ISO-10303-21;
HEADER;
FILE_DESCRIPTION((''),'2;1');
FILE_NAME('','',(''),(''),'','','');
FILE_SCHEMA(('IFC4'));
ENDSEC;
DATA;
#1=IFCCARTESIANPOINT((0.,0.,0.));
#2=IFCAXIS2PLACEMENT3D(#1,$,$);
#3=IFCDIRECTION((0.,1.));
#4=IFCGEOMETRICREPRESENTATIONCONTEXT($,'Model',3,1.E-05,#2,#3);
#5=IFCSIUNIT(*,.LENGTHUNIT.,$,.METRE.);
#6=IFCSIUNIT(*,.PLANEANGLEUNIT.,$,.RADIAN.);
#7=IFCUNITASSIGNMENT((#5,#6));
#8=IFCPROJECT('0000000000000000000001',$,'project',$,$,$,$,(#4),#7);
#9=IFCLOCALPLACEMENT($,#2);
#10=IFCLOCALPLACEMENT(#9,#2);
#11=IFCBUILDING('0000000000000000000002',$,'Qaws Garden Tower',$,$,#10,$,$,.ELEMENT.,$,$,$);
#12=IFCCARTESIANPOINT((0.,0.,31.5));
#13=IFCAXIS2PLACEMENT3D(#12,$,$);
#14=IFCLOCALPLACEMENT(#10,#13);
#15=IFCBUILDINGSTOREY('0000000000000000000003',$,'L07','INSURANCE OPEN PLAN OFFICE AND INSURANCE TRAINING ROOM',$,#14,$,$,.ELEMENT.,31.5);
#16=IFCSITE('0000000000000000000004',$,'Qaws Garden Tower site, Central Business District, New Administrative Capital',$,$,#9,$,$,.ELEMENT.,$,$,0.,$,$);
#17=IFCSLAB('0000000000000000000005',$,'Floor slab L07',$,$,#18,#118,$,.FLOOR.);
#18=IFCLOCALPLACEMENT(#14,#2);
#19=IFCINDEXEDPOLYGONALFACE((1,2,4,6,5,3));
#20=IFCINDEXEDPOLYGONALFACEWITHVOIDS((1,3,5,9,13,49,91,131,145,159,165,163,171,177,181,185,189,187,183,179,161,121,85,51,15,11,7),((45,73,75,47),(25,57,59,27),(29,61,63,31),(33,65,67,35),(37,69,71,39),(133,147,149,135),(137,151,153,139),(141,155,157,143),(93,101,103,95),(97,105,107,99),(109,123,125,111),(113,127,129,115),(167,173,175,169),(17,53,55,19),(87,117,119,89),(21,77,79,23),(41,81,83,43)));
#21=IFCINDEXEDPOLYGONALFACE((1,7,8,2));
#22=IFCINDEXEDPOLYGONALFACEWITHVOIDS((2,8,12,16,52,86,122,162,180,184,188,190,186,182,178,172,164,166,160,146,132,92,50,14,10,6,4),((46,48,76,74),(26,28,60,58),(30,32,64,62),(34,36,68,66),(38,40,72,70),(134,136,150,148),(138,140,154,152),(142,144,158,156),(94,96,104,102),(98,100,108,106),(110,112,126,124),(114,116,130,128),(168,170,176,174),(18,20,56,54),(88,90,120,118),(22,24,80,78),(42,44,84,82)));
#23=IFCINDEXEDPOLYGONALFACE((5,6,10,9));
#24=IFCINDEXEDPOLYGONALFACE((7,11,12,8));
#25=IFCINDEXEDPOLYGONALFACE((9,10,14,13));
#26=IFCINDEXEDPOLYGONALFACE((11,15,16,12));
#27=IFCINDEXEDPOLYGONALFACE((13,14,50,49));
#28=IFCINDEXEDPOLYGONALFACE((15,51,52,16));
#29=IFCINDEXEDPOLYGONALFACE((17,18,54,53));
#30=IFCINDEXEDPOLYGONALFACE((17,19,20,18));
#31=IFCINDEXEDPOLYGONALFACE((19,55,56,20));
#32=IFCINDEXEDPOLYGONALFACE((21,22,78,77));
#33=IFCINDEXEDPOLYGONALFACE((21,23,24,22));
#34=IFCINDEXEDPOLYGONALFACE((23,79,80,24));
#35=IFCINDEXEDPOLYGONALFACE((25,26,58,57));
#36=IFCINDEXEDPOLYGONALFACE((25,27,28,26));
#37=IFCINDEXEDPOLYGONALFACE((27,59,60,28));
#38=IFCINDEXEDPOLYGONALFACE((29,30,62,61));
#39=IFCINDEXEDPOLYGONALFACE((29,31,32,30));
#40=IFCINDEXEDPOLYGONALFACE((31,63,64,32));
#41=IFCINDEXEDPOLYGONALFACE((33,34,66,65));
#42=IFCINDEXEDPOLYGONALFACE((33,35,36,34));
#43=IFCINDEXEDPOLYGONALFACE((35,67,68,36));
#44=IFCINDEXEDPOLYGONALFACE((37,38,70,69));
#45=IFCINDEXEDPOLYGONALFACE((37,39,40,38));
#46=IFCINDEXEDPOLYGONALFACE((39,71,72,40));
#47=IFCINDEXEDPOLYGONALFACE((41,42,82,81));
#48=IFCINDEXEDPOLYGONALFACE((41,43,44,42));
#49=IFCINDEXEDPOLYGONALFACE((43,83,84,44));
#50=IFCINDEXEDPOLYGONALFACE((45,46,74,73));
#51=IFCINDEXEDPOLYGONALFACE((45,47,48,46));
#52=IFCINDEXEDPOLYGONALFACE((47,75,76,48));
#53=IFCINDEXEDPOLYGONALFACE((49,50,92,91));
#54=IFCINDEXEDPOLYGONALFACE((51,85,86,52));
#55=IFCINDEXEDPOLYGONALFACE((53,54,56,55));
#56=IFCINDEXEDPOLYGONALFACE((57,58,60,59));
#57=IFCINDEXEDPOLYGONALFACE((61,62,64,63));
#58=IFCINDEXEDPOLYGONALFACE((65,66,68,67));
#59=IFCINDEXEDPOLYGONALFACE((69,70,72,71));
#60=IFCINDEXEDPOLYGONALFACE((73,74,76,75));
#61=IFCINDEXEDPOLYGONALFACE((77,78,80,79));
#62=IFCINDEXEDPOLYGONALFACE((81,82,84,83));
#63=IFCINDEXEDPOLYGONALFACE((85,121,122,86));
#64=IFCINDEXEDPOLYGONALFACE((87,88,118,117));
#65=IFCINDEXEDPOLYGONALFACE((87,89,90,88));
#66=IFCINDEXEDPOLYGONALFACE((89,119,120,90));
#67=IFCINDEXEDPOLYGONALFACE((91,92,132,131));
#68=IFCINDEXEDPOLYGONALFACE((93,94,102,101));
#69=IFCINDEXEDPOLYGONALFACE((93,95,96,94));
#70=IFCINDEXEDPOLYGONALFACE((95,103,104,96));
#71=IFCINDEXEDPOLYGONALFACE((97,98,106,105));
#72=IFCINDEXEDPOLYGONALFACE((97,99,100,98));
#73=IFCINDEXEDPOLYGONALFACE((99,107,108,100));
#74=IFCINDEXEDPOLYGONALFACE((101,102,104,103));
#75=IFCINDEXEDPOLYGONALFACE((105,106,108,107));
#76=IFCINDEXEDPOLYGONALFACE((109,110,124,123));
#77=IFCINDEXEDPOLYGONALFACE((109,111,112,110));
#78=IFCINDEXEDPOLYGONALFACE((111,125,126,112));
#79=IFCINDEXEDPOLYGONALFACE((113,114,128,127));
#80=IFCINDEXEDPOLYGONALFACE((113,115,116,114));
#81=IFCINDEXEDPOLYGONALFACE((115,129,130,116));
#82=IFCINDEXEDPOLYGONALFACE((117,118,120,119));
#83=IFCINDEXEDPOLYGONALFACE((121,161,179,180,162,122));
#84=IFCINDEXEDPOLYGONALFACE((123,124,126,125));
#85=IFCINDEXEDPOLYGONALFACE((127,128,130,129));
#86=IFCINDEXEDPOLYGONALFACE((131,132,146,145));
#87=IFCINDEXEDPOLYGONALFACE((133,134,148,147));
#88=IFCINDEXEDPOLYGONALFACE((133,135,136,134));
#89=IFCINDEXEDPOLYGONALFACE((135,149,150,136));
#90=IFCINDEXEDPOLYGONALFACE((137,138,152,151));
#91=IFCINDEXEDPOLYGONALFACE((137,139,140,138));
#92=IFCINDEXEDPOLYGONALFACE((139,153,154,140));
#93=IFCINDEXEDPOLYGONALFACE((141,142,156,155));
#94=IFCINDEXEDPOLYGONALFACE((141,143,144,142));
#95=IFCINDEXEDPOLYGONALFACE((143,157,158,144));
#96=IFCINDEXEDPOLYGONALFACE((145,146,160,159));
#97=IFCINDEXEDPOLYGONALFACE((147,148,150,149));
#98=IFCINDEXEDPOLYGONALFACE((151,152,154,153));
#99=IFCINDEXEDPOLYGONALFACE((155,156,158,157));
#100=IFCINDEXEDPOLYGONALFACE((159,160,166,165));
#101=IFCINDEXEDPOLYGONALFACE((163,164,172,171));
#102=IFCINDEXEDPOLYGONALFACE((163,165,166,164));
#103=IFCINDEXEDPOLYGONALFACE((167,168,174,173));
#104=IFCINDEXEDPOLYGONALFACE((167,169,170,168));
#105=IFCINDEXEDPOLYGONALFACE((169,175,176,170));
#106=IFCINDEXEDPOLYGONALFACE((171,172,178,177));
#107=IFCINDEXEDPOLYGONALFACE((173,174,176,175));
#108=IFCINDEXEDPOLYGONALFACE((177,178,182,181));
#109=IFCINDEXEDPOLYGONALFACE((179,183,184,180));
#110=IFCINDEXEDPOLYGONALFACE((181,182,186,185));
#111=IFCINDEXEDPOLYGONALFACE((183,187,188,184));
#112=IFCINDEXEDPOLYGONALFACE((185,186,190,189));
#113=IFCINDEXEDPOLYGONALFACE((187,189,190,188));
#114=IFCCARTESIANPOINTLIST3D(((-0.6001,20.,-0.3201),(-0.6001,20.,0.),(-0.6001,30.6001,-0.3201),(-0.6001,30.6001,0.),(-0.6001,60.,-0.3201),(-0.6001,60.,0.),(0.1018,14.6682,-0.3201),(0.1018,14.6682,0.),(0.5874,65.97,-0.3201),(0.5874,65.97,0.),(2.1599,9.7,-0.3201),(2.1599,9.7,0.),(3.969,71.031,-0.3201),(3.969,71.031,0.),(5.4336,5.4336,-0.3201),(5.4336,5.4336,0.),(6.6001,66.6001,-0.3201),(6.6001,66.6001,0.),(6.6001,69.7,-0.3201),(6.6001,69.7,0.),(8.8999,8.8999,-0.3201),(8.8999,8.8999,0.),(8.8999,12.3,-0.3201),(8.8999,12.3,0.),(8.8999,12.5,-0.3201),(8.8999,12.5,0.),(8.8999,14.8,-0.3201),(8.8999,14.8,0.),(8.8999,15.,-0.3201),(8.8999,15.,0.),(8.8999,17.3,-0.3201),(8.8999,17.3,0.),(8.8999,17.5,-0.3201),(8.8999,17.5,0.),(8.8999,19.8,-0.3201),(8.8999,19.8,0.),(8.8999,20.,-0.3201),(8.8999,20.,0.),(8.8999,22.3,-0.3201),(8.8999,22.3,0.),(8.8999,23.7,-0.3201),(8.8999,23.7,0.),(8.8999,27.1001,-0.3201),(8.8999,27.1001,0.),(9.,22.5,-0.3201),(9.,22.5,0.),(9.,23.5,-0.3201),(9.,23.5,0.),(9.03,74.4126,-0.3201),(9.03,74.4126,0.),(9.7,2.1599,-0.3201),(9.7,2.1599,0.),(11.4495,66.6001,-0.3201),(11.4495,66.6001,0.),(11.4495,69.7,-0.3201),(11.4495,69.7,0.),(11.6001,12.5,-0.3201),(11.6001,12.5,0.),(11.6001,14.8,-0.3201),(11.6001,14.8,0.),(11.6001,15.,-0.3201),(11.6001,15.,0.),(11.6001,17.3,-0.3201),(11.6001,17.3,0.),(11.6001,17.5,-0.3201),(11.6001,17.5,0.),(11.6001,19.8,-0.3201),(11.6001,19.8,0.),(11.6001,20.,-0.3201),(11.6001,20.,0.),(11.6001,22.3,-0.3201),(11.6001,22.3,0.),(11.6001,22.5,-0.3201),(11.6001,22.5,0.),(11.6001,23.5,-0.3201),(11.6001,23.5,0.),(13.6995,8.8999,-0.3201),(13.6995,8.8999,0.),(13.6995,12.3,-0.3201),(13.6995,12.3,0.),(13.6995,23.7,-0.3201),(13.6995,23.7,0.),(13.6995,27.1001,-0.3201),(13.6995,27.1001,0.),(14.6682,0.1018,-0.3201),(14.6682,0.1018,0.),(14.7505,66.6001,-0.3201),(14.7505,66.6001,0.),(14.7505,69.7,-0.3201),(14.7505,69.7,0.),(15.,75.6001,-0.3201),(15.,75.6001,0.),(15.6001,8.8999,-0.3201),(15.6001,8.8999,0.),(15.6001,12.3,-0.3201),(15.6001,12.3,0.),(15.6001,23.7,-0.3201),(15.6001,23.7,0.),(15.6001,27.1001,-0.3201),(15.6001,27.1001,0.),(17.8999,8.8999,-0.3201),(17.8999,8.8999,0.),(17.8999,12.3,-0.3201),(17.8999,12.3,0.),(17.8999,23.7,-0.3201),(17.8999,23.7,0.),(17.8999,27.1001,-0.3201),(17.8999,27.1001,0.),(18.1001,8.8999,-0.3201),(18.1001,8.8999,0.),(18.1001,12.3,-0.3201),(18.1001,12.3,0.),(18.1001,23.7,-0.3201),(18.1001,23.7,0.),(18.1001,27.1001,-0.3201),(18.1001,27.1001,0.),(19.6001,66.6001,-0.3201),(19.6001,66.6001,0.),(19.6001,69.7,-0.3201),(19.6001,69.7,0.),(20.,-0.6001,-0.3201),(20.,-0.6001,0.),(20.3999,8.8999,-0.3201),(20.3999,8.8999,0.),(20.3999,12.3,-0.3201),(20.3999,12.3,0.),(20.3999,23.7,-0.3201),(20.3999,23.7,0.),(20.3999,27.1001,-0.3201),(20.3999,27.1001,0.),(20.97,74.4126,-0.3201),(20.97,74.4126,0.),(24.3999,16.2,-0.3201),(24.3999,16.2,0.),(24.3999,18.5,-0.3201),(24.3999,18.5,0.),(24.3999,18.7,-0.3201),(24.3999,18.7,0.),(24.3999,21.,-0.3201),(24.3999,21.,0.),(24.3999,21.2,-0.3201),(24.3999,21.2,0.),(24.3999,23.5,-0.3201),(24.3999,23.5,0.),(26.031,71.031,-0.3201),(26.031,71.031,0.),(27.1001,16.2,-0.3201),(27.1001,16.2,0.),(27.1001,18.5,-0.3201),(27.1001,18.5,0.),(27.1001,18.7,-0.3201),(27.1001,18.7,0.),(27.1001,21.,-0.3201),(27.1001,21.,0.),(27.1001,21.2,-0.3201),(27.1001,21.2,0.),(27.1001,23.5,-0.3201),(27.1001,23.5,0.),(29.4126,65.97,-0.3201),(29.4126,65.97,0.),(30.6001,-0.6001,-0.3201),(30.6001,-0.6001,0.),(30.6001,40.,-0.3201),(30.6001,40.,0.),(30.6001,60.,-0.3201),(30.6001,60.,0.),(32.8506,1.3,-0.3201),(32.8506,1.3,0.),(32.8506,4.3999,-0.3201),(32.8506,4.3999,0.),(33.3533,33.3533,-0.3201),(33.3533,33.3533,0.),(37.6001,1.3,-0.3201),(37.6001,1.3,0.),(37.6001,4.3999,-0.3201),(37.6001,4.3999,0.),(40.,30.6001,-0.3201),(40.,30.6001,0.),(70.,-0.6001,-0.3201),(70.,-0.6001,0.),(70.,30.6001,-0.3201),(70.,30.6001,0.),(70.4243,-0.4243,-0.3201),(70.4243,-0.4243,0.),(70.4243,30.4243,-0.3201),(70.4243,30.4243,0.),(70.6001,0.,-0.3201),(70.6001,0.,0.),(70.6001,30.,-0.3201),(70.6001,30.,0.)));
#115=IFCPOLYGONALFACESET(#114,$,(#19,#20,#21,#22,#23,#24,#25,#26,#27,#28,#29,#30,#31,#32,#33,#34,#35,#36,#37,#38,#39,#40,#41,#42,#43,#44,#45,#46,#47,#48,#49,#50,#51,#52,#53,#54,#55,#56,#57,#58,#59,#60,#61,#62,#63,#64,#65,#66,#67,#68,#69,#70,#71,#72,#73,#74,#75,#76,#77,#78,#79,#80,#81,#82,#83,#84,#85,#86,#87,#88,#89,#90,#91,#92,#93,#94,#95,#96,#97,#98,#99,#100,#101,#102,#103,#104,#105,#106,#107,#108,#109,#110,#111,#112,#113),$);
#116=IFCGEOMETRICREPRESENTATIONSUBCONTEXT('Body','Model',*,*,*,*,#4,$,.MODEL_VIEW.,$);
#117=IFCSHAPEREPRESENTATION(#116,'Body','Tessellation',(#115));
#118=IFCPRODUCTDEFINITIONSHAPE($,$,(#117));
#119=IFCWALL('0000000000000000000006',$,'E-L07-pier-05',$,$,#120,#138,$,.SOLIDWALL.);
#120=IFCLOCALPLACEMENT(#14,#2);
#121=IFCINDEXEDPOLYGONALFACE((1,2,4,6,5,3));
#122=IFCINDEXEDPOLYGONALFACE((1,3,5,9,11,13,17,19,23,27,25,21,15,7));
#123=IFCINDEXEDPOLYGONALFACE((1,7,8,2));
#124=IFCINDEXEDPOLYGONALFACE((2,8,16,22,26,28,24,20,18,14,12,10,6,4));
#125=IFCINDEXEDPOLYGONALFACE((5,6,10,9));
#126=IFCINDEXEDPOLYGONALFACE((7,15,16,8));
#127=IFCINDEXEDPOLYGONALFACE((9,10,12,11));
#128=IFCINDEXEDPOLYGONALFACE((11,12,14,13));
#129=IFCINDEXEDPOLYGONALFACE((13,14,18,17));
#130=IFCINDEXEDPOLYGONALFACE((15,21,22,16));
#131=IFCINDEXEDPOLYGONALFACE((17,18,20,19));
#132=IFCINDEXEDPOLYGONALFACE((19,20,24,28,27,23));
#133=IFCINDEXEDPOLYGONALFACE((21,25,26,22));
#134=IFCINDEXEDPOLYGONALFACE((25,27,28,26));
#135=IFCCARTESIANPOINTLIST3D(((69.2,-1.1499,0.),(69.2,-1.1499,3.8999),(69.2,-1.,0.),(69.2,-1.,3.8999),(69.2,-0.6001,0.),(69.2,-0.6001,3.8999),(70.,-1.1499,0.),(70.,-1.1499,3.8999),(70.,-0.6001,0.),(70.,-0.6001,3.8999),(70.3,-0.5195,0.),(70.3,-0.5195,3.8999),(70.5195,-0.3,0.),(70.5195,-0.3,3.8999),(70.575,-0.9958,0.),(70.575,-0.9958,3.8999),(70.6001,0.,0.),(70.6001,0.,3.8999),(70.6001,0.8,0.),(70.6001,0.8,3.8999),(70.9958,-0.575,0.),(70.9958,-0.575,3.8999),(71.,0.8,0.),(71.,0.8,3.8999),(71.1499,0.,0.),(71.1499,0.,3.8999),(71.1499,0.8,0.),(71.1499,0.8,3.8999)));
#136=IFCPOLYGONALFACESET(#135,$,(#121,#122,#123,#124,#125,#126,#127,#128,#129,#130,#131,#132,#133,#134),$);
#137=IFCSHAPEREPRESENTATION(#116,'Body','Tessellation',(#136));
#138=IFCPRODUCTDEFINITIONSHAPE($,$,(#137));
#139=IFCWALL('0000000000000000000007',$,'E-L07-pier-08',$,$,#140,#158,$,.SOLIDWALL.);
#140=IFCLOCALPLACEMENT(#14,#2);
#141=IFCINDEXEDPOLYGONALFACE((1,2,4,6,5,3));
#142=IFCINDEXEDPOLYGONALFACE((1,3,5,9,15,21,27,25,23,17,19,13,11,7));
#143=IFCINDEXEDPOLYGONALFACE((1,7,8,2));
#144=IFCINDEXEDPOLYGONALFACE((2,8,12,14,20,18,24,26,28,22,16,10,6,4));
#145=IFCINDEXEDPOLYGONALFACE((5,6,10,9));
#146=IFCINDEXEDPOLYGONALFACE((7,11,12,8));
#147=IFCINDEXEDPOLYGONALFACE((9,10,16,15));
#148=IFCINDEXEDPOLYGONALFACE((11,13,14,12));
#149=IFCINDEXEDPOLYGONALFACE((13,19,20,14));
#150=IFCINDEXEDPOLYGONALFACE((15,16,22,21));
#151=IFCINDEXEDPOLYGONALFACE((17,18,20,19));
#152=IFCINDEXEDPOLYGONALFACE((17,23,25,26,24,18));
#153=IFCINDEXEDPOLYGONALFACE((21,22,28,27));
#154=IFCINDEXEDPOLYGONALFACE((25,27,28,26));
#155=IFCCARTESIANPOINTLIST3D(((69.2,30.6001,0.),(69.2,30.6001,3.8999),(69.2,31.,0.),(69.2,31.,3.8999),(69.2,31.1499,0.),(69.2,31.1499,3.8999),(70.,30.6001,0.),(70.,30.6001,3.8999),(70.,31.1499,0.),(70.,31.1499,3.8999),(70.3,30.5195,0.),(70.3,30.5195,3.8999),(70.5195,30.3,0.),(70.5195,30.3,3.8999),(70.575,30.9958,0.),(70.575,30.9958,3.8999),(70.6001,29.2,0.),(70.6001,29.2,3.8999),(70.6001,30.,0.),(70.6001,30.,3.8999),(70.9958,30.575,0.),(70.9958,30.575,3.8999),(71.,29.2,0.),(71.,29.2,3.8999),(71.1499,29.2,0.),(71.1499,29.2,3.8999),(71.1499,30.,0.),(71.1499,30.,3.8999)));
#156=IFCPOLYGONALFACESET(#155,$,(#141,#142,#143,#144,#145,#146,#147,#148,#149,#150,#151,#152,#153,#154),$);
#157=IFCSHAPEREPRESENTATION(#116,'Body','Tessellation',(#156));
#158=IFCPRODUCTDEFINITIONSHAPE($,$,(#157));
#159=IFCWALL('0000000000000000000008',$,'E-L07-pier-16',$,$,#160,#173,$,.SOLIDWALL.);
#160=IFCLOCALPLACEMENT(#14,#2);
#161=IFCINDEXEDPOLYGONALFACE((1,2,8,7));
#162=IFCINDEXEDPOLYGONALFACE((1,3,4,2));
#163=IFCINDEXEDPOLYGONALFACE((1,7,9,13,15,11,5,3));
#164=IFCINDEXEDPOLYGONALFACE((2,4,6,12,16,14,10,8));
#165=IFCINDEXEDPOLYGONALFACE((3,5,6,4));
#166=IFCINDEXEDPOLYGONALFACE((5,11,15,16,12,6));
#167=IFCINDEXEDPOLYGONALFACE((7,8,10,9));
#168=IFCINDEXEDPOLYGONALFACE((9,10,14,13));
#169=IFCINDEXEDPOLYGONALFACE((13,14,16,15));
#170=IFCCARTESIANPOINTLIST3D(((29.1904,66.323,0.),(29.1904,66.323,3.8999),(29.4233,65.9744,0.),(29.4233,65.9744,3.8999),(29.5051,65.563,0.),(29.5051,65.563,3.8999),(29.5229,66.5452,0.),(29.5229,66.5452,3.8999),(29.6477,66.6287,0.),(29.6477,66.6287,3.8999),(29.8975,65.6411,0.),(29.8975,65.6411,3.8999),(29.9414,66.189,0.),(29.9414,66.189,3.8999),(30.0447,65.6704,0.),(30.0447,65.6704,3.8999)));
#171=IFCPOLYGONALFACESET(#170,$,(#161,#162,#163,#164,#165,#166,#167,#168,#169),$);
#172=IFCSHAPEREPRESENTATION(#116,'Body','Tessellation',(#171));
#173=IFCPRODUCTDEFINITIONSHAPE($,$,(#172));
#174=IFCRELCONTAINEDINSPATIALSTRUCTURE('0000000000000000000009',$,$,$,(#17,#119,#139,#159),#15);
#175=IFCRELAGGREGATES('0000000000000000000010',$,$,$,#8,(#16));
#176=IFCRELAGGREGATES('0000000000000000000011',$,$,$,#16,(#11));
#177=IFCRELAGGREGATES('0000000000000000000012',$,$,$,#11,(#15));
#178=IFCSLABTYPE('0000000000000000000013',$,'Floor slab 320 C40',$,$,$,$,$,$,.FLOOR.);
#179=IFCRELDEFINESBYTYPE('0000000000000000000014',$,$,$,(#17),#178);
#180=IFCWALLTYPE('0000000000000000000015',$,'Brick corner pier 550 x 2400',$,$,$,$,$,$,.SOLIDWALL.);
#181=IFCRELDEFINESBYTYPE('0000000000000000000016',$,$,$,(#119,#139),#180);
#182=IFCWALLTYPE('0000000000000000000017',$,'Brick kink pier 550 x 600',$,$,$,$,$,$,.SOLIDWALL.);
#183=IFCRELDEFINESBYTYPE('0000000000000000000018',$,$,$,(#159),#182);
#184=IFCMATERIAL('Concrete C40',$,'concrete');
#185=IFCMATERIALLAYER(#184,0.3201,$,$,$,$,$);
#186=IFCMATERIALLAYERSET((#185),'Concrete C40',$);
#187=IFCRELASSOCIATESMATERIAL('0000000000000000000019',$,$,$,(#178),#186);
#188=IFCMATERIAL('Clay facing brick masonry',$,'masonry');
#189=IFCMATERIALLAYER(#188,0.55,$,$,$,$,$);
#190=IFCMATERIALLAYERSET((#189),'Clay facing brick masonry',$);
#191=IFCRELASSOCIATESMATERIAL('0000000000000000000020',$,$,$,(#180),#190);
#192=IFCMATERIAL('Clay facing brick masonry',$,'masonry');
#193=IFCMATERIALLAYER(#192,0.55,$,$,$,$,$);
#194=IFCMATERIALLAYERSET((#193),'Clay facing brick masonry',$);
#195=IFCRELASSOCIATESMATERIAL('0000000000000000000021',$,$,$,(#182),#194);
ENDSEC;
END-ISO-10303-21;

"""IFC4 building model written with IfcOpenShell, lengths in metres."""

from ifc_helpers import new_model, si_unit, direction, frame, origin, place, context, subcontext, project, spatial, polyline, outline, extrude, material, layer, layer_set, type_object, element, save


model = new_model("IFC4")

# Units and contexts
model_context = context("Model", 3, precision=1e-05, world=origin(), true_north=direction((0.0, 1.0)))
body_context = subcontext(model_context, "Body", "Model", "MODEL_VIEW")
ifc_project = project(units=[si_unit("LENGTHUNIT", "METRE"), si_unit("PLANEANGLEUNIT", "RADIAN")], contexts=[model_context])

# Site, building, storey
site_placement = place(None, origin())
site = spatial("IfcSite", under=ifc_project, at=site_placement, Name="Qaws Garden Tower site, Central Business District, New Administrative Capital", CompositionType="ELEMENT", RefElevation=0.0)
building_placement = place(site_placement, origin())
building = spatial("IfcBuilding", under=site, at=building_placement, Name="Qaws Garden Tower", CompositionType="ELEMENT")
storey_placement = place(building_placement, frame((0.0, 0.0, 31.5)))
storey = spatial("IfcBuildingStorey", under=building, at=storey_placement, Name="L07", Description="INSURANCE OPEN PLAN OFFICE AND INSURANCE TRAINING ROOM", CompositionType="ELEMENT", Elevation=31.5)

# Slab
ifc_material_1 = material(Name="Concrete C40", Category="concrete")
ifc_layer_1 = layer(ifc_material_1, 0.3201)
ifc_layer_set_1 = layer_set([ifc_layer_1], Name="Concrete C40")
slab_type = type_object("IfcSlabType", Name="Floor slab 320 C40", PredefinedType="FLOOR", material=ifc_layer_set_1)
slab_placement = place(storey_placement, frame((0.0, 0.0, -0.3201)))
element("IfcSlab", 1, at=slab_placement, inside=storey, type_object=slab_type, Name="Floor slab L07", PredefinedType="FLOOR", context=body_context, shape_type="SweptSolid", body=[
    extrude(outline(polyline([(0.1018, 14.6682), (-0.6001, 20.0), (-0.6001, 30.6001), (-0.6001, 60.0), (-0.6001, 60.0), (0.5874, 65.97), (3.969, 71.031), (9.03, 74.4126), (15.0, 75.6001), (20.97, 74.4126), (26.031, 71.031), (29.4126, 65.97), (30.6001, 60.0), (30.6001, 40.0), (33.3533, 33.3533), (40.0, 30.6001), (70.0, 30.6001), (70.4243, 30.4243), (70.6001, 30.0), (70.6001, 0.0), (70.4243, -0.4243), (70.0, -0.6001), (30.6001, -0.6001), (20.0, -0.6001), (14.6682, 0.1018), (9.7, 2.1599), (5.4336, 5.4336), (2.1599, 9.7), (0.1018, 14.6682)]), holes=[polyline([(13.6995, 12.3), (8.8999, 12.3), (8.8999, 8.8999), (13.6995, 8.8999), (13.6995, 12.3)]), polyline([(17.8999, 12.3), (15.6001, 12.3), (15.6001, 8.8999), (17.8999, 8.8999), (17.8999, 12.3)]), polyline([(11.6001, 14.8), (8.8999, 14.8), (8.8999, 12.5), (11.6001, 12.5), (11.6001, 14.8)]), polyline([(11.6001, 17.3), (8.8999, 17.3), (8.8999, 15.0), (11.6001, 15.0), (11.6001, 17.3)]), polyline([(11.6001, 19.8), (8.8999, 19.8), (8.8999, 17.5), (11.6001, 17.5), (11.6001, 19.8)]), polyline([(11.6001, 22.3), (8.8999, 22.3), (8.8999, 20.0), (11.6001, 20.0), (11.6001, 22.3)]), polyline([(11.6001, 23.5), (9.0, 23.5), (9.0, 22.5), (11.6001, 22.5), (11.6001, 23.5)]), polyline([(13.6995, 27.1001), (8.8999, 27.1001), (8.8999, 23.7), (13.6995, 23.7), (13.6995, 27.1001)]), polyline([(11.4495, 69.7), (6.6001, 69.7), (6.6001, 66.6001), (11.4495, 66.6001), (11.4495, 69.7)]), polyline([(37.6001, 4.3999), (32.8506, 4.3999), (32.8506, 1.3), (37.6001, 1.3), (37.6001, 4.3999)]), polyline([(20.3999, 12.3), (18.1001, 12.3), (18.1001, 8.8999), (20.3999, 8.8999), (20.3999, 12.3)]), polyline([(27.1001, 18.5), (24.3999, 18.5), (24.3999, 16.2), (27.1001, 16.2), (27.1001, 18.5)]), polyline([(27.1001, 21.0), (24.3999, 21.0), (24.3999, 18.7), (27.1001, 18.7), (27.1001, 21.0)]), polyline([(27.1001, 23.5), (24.3999, 23.5), (24.3999, 21.2), (27.1001, 21.2), (27.1001, 23.5)]), polyline([(17.8999, 27.1001), (15.6001, 27.1001), (15.6001, 23.7), (17.8999, 23.7), (17.8999, 27.1001)]), polyline([(20.3999, 23.7), (20.3999, 27.1001), (18.1001, 27.1001), (18.1001, 23.7), (20.3999, 23.7)]), polyline([(19.6001, 66.6001), (19.6001, 69.7), (14.7505, 69.7), (14.7505, 66.6001), (19.6001, 66.6001)])]), origin(), (0.0, 0.0, 1.0), 0.3201),
])

# Walls
ifc_material_2 = material(Name="Clay facing brick masonry", Category="masonry")
ifc_layer_2 = layer(ifc_material_2, 0.55)
ifc_layer_set_2 = layer_set([ifc_layer_2], Name="Clay facing brick masonry")
wall_type_1 = type_object("IfcWallType", Name="Brick corner pier 550 x 2400", PredefinedType="SOLIDWALL", material=ifc_layer_set_2)
placement = place(storey_placement, origin())
element("IfcWall", 2, at=placement, inside=storey, type_object=wall_type_1, Name="E-L07-pier-05", PredefinedType="SOLIDWALL", context=body_context, shape_type="SweptSolid", body=[
    extrude(outline(polyline([(69.2, -1.0), (69.2, -1.1499), (70.0, -1.1499), (70.575, -0.9958), (70.9958, -0.575), (71.1499, 0.0), (71.1499, 0.8), (71.0, 0.8), (70.6001, 0.8), (70.6001, 0.0), (70.5195, -0.3), (70.3, -0.5195), (70.0, -0.6001), (69.2, -0.6001), (69.2, -1.0)])), origin(), (0.0, 0.0, 1.0), 3.8999),
])
element("IfcWall", 3, at=placement, inside=storey, type_object=wall_type_1, Name="E-L07-pier-08", PredefinedType="SOLIDWALL", context=body_context, shape_type="SweptSolid", body=[
    extrude(outline(polyline([(71.0, 29.2), (71.1499, 29.2), (71.1499, 30.0), (70.9958, 30.575), (70.575, 30.9958), (70.0, 31.1499), (69.2, 31.1499), (69.2, 31.0), (69.2, 30.6001), (70.0, 30.6001), (70.3, 30.5195), (70.5195, 30.3), (70.6001, 30.0), (70.6001, 29.2), (71.0, 29.2)])), origin(), (0.0, 0.0, 1.0), 3.8999),
])
ifc_material_3 = material(Name="Clay facing brick masonry", Category="masonry")
ifc_layer_3 = layer(ifc_material_3, 0.55)
ifc_layer_set_3 = layer_set([ifc_layer_3], Name="Clay facing brick masonry")
wall_type_2 = type_object("IfcWallType", Name="Brick kink pier 550 x 600", PredefinedType="SOLIDWALL", material=ifc_layer_set_3)
element("IfcWall", 4, at=placement, inside=storey, type_object=wall_type_2, Name="E-L07-pier-16", PredefinedType="SOLIDWALL", context=body_context, shape_type="SweptSolid", body=[
    extrude(outline(polyline([(29.8975, 65.6411), (30.0447, 65.6704), (29.9414, 66.189), (29.6477, 66.6287), (29.5229, 66.5452), (29.1904, 66.323), (29.4233, 65.9744), (29.5051, 65.563), (29.8975, 65.6411)])), origin(), (0.0, 0.0, 1.0), 3.8999),
])

save(model, "model.ifc")
